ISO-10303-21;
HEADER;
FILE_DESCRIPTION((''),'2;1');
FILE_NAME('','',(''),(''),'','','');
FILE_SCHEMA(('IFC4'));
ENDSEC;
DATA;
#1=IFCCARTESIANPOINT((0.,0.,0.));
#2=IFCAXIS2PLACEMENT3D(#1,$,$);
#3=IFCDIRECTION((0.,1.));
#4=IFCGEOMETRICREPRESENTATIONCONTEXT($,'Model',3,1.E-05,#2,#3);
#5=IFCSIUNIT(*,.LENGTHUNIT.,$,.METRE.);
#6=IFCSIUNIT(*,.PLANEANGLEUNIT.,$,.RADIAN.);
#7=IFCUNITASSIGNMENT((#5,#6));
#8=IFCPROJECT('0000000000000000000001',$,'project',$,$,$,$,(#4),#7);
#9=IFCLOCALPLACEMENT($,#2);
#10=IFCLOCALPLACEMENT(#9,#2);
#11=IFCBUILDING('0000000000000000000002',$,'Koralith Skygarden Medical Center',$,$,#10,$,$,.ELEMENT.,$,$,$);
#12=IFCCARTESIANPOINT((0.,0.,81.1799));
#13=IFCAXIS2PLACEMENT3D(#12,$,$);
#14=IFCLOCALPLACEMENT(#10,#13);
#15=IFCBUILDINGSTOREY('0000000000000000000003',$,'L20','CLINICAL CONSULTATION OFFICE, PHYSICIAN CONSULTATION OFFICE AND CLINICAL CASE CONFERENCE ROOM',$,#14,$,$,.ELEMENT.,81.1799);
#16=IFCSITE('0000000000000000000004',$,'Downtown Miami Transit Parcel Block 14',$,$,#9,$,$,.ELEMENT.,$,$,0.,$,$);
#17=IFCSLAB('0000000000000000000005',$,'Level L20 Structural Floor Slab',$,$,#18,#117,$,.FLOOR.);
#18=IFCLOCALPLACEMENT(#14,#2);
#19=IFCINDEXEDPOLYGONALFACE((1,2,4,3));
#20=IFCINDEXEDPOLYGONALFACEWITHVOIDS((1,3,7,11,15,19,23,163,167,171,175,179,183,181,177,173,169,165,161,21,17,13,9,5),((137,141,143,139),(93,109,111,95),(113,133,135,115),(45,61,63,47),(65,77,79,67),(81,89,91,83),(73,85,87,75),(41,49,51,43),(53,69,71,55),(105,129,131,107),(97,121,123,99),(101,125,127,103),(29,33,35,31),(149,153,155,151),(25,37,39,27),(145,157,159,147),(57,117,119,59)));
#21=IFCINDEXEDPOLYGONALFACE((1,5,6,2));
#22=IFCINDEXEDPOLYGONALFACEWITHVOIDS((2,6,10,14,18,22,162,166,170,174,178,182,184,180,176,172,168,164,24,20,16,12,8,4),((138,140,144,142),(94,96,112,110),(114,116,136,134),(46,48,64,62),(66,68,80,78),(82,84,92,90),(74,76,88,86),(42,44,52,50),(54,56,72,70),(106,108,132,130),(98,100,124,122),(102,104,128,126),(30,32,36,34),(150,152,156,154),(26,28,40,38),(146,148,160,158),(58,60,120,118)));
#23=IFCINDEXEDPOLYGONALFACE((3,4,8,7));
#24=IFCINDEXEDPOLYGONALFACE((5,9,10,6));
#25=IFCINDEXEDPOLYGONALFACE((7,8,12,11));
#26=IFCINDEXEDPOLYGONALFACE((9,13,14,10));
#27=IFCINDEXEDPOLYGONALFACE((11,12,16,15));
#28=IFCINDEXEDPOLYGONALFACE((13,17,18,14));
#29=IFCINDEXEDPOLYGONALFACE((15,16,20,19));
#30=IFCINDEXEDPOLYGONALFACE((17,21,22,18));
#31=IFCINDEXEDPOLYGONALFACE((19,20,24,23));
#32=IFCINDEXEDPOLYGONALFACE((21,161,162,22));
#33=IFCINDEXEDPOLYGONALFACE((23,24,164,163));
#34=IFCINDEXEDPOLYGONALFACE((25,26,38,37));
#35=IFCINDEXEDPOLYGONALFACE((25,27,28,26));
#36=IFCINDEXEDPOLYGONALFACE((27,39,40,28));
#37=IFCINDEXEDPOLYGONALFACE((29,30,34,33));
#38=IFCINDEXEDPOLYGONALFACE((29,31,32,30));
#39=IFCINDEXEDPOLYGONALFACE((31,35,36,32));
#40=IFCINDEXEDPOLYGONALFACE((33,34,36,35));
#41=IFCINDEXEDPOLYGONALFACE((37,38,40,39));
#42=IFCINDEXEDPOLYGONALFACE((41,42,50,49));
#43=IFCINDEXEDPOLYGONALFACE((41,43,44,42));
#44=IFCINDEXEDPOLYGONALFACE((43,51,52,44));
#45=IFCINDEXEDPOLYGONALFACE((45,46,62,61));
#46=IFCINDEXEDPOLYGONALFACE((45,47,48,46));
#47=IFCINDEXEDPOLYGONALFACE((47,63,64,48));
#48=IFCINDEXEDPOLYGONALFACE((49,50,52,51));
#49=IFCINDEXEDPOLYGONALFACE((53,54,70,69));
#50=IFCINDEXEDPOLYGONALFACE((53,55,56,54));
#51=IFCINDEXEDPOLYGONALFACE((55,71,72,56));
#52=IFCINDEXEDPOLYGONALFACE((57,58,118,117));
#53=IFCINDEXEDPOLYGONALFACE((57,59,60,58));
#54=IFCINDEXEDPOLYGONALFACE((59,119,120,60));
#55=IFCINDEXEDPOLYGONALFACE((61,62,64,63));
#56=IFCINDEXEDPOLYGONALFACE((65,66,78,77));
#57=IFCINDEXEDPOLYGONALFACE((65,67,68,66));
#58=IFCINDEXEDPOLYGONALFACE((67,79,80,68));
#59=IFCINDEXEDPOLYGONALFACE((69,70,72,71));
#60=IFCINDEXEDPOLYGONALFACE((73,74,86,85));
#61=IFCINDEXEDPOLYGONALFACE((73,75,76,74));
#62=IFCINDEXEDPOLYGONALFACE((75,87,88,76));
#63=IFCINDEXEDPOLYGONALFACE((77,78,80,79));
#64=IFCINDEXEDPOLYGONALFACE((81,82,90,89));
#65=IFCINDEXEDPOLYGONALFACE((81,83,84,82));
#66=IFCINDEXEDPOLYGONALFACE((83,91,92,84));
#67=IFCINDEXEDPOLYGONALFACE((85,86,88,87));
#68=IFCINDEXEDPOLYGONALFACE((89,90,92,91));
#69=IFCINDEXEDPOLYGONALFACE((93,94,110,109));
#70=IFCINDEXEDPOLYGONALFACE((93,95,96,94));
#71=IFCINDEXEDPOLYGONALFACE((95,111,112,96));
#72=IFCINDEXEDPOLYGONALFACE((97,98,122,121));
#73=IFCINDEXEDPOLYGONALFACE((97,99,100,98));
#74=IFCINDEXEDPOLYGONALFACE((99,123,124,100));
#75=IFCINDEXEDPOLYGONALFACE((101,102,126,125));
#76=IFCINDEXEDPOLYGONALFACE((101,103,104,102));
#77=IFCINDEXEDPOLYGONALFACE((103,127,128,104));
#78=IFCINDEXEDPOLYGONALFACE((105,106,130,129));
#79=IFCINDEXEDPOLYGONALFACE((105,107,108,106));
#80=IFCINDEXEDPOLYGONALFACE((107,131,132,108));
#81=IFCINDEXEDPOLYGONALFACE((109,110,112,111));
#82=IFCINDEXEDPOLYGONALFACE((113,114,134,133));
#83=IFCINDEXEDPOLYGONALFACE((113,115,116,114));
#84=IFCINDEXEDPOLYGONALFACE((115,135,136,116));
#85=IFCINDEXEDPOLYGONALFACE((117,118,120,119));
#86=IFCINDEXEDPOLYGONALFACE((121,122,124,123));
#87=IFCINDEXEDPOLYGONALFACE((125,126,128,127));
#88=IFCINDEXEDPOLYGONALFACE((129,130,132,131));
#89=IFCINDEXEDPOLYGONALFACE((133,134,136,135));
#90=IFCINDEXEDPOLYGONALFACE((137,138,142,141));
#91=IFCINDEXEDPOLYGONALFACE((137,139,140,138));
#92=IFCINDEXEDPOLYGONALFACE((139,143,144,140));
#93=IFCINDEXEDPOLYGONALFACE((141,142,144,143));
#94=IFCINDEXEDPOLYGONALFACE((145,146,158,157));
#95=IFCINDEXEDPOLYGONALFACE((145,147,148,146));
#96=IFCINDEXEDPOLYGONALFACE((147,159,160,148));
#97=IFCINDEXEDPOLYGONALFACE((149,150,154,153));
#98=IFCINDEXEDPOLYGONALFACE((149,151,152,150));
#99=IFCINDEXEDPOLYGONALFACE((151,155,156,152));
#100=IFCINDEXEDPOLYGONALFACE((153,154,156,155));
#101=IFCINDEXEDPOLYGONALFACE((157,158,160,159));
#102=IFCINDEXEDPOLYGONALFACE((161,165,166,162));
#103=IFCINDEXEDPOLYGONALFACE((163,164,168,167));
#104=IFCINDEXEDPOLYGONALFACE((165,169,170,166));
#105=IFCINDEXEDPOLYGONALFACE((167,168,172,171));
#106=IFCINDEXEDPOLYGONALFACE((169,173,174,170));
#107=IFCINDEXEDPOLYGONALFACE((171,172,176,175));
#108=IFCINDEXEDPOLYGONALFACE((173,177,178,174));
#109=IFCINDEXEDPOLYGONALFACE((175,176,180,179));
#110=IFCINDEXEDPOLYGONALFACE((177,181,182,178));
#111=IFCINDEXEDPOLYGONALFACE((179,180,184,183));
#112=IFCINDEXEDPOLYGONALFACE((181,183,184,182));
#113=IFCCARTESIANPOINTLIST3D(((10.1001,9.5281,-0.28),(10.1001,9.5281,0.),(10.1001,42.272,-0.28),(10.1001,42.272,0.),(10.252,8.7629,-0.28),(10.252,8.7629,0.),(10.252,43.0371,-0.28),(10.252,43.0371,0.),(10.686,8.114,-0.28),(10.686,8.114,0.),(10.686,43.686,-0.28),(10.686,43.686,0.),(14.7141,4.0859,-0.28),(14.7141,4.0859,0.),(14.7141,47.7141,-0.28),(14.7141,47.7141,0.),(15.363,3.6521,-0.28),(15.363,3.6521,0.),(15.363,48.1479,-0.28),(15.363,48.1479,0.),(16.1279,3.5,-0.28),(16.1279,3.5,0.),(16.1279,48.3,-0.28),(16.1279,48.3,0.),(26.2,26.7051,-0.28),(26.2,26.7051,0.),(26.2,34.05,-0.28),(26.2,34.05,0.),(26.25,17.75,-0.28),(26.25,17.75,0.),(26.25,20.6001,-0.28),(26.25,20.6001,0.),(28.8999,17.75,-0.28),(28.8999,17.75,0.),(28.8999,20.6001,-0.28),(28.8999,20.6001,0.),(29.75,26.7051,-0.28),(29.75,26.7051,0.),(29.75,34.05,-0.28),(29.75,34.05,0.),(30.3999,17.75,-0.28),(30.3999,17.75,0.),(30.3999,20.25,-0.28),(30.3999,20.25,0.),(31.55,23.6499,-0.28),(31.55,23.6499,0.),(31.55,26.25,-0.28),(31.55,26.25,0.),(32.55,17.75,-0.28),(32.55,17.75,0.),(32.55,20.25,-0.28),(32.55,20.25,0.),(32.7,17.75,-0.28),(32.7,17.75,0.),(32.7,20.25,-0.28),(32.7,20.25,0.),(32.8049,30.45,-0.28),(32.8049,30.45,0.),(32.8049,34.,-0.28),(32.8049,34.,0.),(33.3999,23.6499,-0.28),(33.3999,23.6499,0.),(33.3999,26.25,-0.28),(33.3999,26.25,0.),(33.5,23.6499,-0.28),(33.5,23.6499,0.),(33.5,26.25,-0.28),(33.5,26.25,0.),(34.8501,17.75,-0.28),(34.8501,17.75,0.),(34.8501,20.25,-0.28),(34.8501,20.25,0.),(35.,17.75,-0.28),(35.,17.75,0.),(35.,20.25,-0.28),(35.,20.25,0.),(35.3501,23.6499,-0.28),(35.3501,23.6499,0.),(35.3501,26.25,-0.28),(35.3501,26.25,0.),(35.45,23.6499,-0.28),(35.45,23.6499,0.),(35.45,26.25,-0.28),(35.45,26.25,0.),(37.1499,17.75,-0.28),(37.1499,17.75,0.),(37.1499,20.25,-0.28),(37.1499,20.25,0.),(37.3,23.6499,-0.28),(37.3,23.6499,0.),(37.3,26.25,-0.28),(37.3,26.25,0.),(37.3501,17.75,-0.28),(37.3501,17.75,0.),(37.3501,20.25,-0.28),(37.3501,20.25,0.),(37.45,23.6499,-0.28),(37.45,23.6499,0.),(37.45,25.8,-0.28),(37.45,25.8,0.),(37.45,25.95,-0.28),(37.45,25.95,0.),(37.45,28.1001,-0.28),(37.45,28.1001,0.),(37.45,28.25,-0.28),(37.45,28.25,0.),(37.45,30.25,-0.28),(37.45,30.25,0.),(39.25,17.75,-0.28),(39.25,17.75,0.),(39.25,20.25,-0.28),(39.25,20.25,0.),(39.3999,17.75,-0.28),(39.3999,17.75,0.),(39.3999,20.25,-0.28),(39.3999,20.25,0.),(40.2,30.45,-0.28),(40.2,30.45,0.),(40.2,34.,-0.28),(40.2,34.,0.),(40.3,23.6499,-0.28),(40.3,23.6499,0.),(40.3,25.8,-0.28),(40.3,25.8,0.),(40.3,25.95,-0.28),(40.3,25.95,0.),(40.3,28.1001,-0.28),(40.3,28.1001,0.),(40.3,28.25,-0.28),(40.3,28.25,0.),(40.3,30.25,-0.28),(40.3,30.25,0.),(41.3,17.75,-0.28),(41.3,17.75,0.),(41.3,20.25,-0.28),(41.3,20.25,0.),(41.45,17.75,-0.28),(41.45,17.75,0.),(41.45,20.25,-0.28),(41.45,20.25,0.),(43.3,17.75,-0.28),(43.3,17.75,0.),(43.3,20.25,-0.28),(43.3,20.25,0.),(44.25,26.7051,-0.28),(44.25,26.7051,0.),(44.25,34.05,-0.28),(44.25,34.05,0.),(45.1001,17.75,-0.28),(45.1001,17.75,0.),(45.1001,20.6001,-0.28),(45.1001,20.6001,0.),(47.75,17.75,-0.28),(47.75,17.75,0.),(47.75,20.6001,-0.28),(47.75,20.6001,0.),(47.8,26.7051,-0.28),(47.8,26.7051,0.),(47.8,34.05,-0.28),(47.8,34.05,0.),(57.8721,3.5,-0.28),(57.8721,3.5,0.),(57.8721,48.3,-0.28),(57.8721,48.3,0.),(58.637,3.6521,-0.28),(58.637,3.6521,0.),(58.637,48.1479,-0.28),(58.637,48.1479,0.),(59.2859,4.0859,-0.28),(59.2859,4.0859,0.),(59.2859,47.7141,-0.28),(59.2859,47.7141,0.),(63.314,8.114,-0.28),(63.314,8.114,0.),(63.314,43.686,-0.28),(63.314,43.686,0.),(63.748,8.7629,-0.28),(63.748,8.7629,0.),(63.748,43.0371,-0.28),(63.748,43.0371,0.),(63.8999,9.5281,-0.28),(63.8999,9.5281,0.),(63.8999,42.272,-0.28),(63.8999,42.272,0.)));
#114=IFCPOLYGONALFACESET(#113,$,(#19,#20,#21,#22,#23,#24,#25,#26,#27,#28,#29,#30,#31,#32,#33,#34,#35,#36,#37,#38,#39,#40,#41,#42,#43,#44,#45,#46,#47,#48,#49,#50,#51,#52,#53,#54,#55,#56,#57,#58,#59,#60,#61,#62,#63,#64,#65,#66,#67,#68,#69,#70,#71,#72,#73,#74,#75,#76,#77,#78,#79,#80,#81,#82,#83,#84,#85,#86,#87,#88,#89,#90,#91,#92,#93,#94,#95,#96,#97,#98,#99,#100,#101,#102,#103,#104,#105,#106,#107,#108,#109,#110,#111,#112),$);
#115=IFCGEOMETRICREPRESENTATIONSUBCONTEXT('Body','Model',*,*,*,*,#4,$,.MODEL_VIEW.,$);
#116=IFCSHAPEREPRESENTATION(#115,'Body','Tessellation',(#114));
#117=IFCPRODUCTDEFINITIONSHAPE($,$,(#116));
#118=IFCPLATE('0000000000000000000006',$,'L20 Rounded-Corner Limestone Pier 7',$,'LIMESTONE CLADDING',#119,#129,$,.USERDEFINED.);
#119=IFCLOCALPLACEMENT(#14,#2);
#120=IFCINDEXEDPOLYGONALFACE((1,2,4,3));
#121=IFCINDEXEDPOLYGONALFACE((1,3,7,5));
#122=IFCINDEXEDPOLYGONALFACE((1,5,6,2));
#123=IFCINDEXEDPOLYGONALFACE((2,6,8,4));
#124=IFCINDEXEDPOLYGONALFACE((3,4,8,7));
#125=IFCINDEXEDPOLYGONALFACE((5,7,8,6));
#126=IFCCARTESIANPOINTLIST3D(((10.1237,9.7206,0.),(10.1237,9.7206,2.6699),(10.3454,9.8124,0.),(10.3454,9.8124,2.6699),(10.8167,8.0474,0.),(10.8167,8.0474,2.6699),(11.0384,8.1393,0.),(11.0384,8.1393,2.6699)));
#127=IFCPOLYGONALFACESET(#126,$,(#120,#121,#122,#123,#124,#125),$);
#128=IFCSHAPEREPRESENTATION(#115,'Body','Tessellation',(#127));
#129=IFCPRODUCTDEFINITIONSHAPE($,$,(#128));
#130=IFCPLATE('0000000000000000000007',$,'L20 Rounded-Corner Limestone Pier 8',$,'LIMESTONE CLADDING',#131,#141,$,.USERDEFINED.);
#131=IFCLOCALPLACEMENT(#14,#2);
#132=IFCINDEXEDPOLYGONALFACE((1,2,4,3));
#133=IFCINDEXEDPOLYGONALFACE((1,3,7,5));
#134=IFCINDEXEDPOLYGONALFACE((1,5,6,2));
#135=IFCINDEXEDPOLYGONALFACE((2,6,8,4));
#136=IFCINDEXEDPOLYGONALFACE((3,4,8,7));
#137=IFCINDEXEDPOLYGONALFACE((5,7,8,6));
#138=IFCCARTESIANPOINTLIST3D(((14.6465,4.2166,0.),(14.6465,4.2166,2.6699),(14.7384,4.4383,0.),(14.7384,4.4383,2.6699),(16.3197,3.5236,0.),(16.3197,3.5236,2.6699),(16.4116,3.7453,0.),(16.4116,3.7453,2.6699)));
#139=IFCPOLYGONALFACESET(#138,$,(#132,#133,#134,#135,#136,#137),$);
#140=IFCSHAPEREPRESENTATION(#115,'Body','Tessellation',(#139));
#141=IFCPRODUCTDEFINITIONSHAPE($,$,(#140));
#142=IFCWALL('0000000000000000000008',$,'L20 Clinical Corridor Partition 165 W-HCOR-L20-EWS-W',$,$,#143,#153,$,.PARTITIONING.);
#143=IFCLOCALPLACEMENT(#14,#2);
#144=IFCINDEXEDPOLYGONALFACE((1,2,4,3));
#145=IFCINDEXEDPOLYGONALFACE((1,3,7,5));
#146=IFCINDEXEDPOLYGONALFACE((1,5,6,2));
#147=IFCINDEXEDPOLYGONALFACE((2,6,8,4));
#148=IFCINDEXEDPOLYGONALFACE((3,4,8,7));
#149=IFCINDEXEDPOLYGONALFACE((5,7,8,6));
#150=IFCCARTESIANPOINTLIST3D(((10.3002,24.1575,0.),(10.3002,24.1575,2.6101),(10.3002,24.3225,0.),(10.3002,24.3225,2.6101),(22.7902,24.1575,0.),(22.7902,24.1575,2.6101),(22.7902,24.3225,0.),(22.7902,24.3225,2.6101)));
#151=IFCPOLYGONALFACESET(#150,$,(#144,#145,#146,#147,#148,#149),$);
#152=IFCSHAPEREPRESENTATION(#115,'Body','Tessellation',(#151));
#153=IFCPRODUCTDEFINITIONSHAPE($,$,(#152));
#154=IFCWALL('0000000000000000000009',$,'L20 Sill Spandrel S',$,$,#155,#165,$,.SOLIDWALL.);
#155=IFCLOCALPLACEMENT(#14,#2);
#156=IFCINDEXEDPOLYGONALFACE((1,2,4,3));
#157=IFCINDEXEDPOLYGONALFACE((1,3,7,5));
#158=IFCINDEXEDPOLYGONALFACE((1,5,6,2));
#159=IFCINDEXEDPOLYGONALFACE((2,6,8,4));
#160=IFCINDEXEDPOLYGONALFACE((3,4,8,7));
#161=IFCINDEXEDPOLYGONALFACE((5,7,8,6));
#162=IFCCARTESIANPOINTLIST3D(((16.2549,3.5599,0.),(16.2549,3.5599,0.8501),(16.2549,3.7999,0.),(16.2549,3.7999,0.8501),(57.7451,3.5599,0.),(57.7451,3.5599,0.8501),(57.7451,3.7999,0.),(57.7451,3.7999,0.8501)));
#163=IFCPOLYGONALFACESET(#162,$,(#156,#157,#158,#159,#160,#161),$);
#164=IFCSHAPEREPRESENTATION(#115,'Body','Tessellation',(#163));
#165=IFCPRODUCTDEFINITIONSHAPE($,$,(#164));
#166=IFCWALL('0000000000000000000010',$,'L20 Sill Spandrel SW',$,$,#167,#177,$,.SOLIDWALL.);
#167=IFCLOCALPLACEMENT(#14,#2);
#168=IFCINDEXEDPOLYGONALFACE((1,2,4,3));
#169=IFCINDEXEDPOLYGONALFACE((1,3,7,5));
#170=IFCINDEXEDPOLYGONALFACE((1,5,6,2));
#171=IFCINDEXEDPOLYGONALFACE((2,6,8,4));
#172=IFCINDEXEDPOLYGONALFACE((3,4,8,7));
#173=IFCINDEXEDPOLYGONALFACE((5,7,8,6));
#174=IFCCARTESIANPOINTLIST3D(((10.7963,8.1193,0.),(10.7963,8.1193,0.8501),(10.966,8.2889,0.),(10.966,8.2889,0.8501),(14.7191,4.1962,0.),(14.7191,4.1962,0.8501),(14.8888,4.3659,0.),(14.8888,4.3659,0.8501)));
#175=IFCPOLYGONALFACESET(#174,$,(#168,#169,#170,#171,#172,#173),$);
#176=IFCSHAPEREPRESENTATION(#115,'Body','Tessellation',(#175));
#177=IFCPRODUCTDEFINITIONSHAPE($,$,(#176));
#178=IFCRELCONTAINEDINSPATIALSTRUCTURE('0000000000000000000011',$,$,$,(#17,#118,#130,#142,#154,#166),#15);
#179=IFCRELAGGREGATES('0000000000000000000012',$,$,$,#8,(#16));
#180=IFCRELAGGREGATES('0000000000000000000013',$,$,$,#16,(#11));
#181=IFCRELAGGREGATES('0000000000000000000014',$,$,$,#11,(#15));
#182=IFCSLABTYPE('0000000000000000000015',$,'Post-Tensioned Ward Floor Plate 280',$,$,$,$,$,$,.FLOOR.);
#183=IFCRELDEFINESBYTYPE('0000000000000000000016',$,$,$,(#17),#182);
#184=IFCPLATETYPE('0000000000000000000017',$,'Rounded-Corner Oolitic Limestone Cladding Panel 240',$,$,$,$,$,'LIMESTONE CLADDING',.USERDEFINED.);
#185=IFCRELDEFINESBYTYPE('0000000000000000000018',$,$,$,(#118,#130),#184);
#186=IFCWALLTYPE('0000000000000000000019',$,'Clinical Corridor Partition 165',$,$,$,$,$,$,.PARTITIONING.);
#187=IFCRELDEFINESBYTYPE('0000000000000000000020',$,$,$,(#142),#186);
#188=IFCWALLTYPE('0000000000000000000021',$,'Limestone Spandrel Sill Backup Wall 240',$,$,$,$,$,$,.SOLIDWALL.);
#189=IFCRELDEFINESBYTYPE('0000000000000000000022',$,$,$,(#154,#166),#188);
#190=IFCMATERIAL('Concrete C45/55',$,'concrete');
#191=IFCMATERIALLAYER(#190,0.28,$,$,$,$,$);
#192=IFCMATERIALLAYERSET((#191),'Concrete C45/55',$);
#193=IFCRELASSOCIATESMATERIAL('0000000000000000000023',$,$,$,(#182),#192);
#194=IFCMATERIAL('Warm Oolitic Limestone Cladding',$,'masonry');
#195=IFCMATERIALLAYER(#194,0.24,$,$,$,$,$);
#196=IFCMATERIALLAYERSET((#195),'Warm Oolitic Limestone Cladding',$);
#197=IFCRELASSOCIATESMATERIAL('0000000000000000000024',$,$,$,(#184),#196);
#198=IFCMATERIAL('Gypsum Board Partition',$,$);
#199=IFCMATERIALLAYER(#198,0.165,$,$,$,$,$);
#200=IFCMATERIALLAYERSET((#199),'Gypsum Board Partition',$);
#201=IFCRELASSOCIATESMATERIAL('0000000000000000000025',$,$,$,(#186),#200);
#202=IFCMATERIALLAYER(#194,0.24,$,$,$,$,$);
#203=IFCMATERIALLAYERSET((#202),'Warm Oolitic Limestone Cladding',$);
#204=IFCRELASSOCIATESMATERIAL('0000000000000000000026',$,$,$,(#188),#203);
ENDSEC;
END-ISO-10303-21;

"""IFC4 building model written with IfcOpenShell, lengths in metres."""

from ifc_helpers import new_model, si_unit, direction, frame, frame_2d, origin, origin_2d, place, context, subcontext, project, spatial, polyline, rectangle, outline, extrude, material, layer, layer_set, type_object, element, save


model = new_model("IFC4")

# Units and contexts
model_context = context("Model", 3, precision=1e-05, world=origin(), true_north=direction((0.0, 1.0)))
body_context = subcontext(model_context, "Body", "Model", "MODEL_VIEW")
ifc_project = project(units=[si_unit("LENGTHUNIT", "METRE"), si_unit("PLANEANGLEUNIT", "RADIAN")], contexts=[model_context])

# Site, building, storey
site_placement = place(None, origin())
site = spatial("IfcSite", under=ifc_project, at=site_placement, Name="Downtown Miami Transit Parcel Block 14", CompositionType="ELEMENT", RefElevation=0.0)
building_placement = place(site_placement, origin())
building = spatial("IfcBuilding", under=site, at=building_placement, Name="Koralith Skygarden Medical Center", CompositionType="ELEMENT")
storey_placement = place(building_placement, frame((0.0, 0.0, 81.1799)))
storey = spatial("IfcBuildingStorey", under=building, at=storey_placement, Name="L20", Description="CLINICAL CONSULTATION OFFICE, PHYSICIAN CONSULTATION OFFICE AND CLINICAL CASE CONFERENCE ROOM", CompositionType="ELEMENT", Elevation=81.1799)

# Shared definitions
ifc_material_1 = material(Name="Concrete C45/55", Category="concrete")

# Slab
ifc_layer_1 = layer(ifc_material_1, 0.28)
ifc_layer_set_1 = layer_set([ifc_layer_1], Name="Concrete C45/55")
slab_type_1 = type_object("IfcSlabType", Name="Post-Tensioned Ward Floor Plate 280", PredefinedType="FLOOR", material=ifc_layer_set_1)
slab_1_placement = place(storey_placement, frame((0.0, 0.0, -0.28)))
element("IfcSlab", 1, at=slab_1_placement, inside=storey, type_object=slab_type_1, Name="Level L20 Structural Floor Slab", PredefinedType="FLOOR", context=body_context, shape_type="SweptSolid", body=[
    extrude(outline(polyline([(14.7141, 4.0859), (15.363, 3.6521), (16.1279, 3.5), (57.8721, 3.5), (58.637, 3.6521), (59.2859, 4.0859), (63.314, 8.114), (63.748, 8.7629), (63.8999, 9.5281), (63.8999, 42.272), (63.748, 43.0371), (63.314, 43.686), (59.2859, 47.7141), (58.637, 48.1479), (57.8721, 48.3), (16.1279, 48.3), (15.363, 48.1479), (14.7141, 47.7141), (10.686, 43.686), (10.252, 43.0371), (10.1001, 42.272), (10.1001, 9.5281), (10.252, 8.7629), (10.686, 8.114), (14.7141, 4.0859)]), holes=[polyline([(26.2, 26.7051), (29.75, 26.7051), (29.75, 34.05), (26.2, 34.05), (26.2, 26.7051)]), polyline([(44.25, 26.7051), (47.8, 26.7051), (47.8, 34.05), (44.25, 34.05), (44.25, 26.7051)]), polyline([(32.8049, 30.45), (40.2, 30.45), (40.2, 34.0), (32.8049, 34.0), (32.8049, 30.45)]), polyline([(26.25, 17.75), (28.8999, 17.75), (28.8999, 20.6001), (26.25, 20.6001), (26.25, 17.75)]), polyline([(45.1001, 17.75), (47.75, 17.75), (47.75, 20.6001), (45.1001, 20.6001), (45.1001, 17.75)]), polyline([(30.3999, 17.75), (32.55, 17.75), (32.55, 20.25), (30.3999, 20.25), (30.3999, 17.75)]), polyline([(32.7, 17.75), (34.8501, 17.75), (34.8501, 20.25), (32.7, 20.25), (32.7, 17.75)]), polyline([(35.0, 17.75), (37.1499, 17.75), (37.1499, 20.25), (35.0, 20.25), (35.0, 17.75)]), polyline([(37.3501, 17.75), (39.25, 17.75), (39.25, 20.25), (37.3501, 20.25), (37.3501, 17.75)]), polyline([(39.3999, 17.75), (41.3, 17.75), (41.3, 20.25), (39.3999, 20.25), (39.3999, 17.75)]), polyline([(41.45, 17.75), (43.3, 17.75), (43.3, 20.25), (41.45, 20.25), (41.45, 17.75)]), polyline([(31.55, 23.6499), (33.3999, 23.6499), (33.3999, 26.25), (31.55, 26.25), (31.55, 23.6499)]), polyline([(33.5, 23.6499), (35.3501, 23.6499), (35.3501, 26.25), (33.5, 26.25), (33.5, 23.6499)]), polyline([(35.45, 23.6499), (37.3, 23.6499), (37.3, 26.25), (35.45, 26.25), (35.45, 23.6499)]), polyline([(37.45, 23.6499), (40.3, 23.6499), (40.3, 25.8), (37.45, 25.8), (37.45, 23.6499)]), polyline([(37.45, 25.95), (40.3, 25.95), (40.3, 28.1001), (37.45, 28.1001), (37.45, 25.95)]), polyline([(37.45, 28.25), (40.3, 28.25), (40.3, 30.25), (37.45, 30.25), (37.45, 28.25)])]), origin(), (0.0, 0.0, 1.0), 0.28),
])

# Plates
ifc_material_2 = material(Name="Warm Oolitic Limestone Cladding", Category="masonry")
ifc_layer_2 = layer(ifc_material_2, 0.24)
ifc_layer_set_2 = layer_set([ifc_layer_2], Name="Warm Oolitic Limestone Cladding")
plate_type_1 = type_object("IfcPlateType", Name="Rounded-Corner Oolitic Limestone Cladding Panel 240", ElementType="LIMESTONE CLADDING", PredefinedType="USERDEFINED", material=ifc_layer_set_2)
for number, where, z_axis, x_axis, name in (
    (2, (10.5811, 8.9299, 0.0), (0.0, 0.0, 1.0), (0.382671, -0.923885, 0.0), "L20 Rounded-Corner Limestone Pier 7"),
    (3, (15.5291, 3.981, 0.0), (0.0, 0.0, 1.0), (0.923885, -0.382671, 0.0), "L20 Rounded-Corner Limestone Pier 8"),
):
    element("IfcPlate", number, at=place(storey_placement, frame(where, z_axis=z_axis, x_axis=x_axis)), inside=storey, type_object=plate_type_1, Name=name, ObjectType="LIMESTONE CLADDING", PredefinedType="USERDEFINED", context=body_context, shape_type="SweptSolid", body=[
        extrude(rectangle(XDim=1.811, YDim=0.24, at=origin_2d()), origin(), (0.0, 0.0, 1.0), 2.6699),
    ])

# Wall
ifc_material_3 = material(Name="Gypsum Board Partition")
ifc_layer_3 = layer(ifc_material_3, 0.165)
ifc_layer_set_3 = layer_set([ifc_layer_3], Name="Gypsum Board Partition")
wall_type_1 = type_object("IfcWallType", Name="Clinical Corridor Partition 165", PredefinedType="PARTITIONING", material=ifc_layer_set_3)
wall_1_placement = place(storey_placement, frame((10.3, 24.24, 0.0), z_axis=(0.0, 0.0, 1.0), x_axis=(1.0, 0.0, 0.0)))
element("IfcWall", 4, at=wall_1_placement, inside=storey, type_object=wall_type_1, Name="L20 Clinical Corridor Partition 165 W-HCOR-L20-EWS-W", PredefinedType="PARTITIONING", context=body_context, shape_type="SweptSolid", body=[
    extrude(rectangle(XDim=12.49, YDim=0.165, at=frame_2d((6.2451, 0.0))), origin(), (0.0, 0.0, 1.0), 2.6101),
])

# Walls
ifc_layer_4 = layer(ifc_material_2, 0.24)
ifc_layer_set_4 = layer_set([ifc_layer_4], Name="Warm Oolitic Limestone Cladding")
wall_type_2 = type_object("IfcWallType", Name="Limestone Spandrel Sill Backup Wall 240", PredefinedType="SOLIDWALL", material=ifc_layer_set_4)
wall_2_placement = place(storey_placement, frame((16.2549, 3.6799, 0.0), z_axis=(0.0, 0.0, 1.0), x_axis=(1.0, 0.0, 0.0)))
element("IfcWall", 5, at=wall_2_placement, inside=storey, type_object=wall_type_2, Name="L20 Sill Spandrel S", PredefinedType="SOLIDWALL", context=body_context, shape_type="SweptSolid", body=[
    extrude(rectangle(XDim=41.4902, YDim=0.24, at=frame_2d((20.7451, 0.0))), origin(), (0.0, 0.0, 1.0), 0.8501),
])
wall_3_placement = place(storey_placement, frame((10.8811, 8.2041, 0.0), z_axis=(0.0, 0.0, 1.0), x_axis=(0.707085, -0.707129, 0.0)))
element("IfcWall", 6, at=wall_3_placement, inside=storey, type_object=wall_type_2, Name="L20 Sill Spandrel SW", PredefinedType="SOLIDWALL", context=body_context, shape_type="SweptSolid", body=[
    extrude(rectangle(XDim=5.5479, YDim=0.24, at=frame_2d((2.7739, 0.0))), origin(), (0.0, 0.0, 1.0), 0.8501),
])

save(model, "model.ifc")
